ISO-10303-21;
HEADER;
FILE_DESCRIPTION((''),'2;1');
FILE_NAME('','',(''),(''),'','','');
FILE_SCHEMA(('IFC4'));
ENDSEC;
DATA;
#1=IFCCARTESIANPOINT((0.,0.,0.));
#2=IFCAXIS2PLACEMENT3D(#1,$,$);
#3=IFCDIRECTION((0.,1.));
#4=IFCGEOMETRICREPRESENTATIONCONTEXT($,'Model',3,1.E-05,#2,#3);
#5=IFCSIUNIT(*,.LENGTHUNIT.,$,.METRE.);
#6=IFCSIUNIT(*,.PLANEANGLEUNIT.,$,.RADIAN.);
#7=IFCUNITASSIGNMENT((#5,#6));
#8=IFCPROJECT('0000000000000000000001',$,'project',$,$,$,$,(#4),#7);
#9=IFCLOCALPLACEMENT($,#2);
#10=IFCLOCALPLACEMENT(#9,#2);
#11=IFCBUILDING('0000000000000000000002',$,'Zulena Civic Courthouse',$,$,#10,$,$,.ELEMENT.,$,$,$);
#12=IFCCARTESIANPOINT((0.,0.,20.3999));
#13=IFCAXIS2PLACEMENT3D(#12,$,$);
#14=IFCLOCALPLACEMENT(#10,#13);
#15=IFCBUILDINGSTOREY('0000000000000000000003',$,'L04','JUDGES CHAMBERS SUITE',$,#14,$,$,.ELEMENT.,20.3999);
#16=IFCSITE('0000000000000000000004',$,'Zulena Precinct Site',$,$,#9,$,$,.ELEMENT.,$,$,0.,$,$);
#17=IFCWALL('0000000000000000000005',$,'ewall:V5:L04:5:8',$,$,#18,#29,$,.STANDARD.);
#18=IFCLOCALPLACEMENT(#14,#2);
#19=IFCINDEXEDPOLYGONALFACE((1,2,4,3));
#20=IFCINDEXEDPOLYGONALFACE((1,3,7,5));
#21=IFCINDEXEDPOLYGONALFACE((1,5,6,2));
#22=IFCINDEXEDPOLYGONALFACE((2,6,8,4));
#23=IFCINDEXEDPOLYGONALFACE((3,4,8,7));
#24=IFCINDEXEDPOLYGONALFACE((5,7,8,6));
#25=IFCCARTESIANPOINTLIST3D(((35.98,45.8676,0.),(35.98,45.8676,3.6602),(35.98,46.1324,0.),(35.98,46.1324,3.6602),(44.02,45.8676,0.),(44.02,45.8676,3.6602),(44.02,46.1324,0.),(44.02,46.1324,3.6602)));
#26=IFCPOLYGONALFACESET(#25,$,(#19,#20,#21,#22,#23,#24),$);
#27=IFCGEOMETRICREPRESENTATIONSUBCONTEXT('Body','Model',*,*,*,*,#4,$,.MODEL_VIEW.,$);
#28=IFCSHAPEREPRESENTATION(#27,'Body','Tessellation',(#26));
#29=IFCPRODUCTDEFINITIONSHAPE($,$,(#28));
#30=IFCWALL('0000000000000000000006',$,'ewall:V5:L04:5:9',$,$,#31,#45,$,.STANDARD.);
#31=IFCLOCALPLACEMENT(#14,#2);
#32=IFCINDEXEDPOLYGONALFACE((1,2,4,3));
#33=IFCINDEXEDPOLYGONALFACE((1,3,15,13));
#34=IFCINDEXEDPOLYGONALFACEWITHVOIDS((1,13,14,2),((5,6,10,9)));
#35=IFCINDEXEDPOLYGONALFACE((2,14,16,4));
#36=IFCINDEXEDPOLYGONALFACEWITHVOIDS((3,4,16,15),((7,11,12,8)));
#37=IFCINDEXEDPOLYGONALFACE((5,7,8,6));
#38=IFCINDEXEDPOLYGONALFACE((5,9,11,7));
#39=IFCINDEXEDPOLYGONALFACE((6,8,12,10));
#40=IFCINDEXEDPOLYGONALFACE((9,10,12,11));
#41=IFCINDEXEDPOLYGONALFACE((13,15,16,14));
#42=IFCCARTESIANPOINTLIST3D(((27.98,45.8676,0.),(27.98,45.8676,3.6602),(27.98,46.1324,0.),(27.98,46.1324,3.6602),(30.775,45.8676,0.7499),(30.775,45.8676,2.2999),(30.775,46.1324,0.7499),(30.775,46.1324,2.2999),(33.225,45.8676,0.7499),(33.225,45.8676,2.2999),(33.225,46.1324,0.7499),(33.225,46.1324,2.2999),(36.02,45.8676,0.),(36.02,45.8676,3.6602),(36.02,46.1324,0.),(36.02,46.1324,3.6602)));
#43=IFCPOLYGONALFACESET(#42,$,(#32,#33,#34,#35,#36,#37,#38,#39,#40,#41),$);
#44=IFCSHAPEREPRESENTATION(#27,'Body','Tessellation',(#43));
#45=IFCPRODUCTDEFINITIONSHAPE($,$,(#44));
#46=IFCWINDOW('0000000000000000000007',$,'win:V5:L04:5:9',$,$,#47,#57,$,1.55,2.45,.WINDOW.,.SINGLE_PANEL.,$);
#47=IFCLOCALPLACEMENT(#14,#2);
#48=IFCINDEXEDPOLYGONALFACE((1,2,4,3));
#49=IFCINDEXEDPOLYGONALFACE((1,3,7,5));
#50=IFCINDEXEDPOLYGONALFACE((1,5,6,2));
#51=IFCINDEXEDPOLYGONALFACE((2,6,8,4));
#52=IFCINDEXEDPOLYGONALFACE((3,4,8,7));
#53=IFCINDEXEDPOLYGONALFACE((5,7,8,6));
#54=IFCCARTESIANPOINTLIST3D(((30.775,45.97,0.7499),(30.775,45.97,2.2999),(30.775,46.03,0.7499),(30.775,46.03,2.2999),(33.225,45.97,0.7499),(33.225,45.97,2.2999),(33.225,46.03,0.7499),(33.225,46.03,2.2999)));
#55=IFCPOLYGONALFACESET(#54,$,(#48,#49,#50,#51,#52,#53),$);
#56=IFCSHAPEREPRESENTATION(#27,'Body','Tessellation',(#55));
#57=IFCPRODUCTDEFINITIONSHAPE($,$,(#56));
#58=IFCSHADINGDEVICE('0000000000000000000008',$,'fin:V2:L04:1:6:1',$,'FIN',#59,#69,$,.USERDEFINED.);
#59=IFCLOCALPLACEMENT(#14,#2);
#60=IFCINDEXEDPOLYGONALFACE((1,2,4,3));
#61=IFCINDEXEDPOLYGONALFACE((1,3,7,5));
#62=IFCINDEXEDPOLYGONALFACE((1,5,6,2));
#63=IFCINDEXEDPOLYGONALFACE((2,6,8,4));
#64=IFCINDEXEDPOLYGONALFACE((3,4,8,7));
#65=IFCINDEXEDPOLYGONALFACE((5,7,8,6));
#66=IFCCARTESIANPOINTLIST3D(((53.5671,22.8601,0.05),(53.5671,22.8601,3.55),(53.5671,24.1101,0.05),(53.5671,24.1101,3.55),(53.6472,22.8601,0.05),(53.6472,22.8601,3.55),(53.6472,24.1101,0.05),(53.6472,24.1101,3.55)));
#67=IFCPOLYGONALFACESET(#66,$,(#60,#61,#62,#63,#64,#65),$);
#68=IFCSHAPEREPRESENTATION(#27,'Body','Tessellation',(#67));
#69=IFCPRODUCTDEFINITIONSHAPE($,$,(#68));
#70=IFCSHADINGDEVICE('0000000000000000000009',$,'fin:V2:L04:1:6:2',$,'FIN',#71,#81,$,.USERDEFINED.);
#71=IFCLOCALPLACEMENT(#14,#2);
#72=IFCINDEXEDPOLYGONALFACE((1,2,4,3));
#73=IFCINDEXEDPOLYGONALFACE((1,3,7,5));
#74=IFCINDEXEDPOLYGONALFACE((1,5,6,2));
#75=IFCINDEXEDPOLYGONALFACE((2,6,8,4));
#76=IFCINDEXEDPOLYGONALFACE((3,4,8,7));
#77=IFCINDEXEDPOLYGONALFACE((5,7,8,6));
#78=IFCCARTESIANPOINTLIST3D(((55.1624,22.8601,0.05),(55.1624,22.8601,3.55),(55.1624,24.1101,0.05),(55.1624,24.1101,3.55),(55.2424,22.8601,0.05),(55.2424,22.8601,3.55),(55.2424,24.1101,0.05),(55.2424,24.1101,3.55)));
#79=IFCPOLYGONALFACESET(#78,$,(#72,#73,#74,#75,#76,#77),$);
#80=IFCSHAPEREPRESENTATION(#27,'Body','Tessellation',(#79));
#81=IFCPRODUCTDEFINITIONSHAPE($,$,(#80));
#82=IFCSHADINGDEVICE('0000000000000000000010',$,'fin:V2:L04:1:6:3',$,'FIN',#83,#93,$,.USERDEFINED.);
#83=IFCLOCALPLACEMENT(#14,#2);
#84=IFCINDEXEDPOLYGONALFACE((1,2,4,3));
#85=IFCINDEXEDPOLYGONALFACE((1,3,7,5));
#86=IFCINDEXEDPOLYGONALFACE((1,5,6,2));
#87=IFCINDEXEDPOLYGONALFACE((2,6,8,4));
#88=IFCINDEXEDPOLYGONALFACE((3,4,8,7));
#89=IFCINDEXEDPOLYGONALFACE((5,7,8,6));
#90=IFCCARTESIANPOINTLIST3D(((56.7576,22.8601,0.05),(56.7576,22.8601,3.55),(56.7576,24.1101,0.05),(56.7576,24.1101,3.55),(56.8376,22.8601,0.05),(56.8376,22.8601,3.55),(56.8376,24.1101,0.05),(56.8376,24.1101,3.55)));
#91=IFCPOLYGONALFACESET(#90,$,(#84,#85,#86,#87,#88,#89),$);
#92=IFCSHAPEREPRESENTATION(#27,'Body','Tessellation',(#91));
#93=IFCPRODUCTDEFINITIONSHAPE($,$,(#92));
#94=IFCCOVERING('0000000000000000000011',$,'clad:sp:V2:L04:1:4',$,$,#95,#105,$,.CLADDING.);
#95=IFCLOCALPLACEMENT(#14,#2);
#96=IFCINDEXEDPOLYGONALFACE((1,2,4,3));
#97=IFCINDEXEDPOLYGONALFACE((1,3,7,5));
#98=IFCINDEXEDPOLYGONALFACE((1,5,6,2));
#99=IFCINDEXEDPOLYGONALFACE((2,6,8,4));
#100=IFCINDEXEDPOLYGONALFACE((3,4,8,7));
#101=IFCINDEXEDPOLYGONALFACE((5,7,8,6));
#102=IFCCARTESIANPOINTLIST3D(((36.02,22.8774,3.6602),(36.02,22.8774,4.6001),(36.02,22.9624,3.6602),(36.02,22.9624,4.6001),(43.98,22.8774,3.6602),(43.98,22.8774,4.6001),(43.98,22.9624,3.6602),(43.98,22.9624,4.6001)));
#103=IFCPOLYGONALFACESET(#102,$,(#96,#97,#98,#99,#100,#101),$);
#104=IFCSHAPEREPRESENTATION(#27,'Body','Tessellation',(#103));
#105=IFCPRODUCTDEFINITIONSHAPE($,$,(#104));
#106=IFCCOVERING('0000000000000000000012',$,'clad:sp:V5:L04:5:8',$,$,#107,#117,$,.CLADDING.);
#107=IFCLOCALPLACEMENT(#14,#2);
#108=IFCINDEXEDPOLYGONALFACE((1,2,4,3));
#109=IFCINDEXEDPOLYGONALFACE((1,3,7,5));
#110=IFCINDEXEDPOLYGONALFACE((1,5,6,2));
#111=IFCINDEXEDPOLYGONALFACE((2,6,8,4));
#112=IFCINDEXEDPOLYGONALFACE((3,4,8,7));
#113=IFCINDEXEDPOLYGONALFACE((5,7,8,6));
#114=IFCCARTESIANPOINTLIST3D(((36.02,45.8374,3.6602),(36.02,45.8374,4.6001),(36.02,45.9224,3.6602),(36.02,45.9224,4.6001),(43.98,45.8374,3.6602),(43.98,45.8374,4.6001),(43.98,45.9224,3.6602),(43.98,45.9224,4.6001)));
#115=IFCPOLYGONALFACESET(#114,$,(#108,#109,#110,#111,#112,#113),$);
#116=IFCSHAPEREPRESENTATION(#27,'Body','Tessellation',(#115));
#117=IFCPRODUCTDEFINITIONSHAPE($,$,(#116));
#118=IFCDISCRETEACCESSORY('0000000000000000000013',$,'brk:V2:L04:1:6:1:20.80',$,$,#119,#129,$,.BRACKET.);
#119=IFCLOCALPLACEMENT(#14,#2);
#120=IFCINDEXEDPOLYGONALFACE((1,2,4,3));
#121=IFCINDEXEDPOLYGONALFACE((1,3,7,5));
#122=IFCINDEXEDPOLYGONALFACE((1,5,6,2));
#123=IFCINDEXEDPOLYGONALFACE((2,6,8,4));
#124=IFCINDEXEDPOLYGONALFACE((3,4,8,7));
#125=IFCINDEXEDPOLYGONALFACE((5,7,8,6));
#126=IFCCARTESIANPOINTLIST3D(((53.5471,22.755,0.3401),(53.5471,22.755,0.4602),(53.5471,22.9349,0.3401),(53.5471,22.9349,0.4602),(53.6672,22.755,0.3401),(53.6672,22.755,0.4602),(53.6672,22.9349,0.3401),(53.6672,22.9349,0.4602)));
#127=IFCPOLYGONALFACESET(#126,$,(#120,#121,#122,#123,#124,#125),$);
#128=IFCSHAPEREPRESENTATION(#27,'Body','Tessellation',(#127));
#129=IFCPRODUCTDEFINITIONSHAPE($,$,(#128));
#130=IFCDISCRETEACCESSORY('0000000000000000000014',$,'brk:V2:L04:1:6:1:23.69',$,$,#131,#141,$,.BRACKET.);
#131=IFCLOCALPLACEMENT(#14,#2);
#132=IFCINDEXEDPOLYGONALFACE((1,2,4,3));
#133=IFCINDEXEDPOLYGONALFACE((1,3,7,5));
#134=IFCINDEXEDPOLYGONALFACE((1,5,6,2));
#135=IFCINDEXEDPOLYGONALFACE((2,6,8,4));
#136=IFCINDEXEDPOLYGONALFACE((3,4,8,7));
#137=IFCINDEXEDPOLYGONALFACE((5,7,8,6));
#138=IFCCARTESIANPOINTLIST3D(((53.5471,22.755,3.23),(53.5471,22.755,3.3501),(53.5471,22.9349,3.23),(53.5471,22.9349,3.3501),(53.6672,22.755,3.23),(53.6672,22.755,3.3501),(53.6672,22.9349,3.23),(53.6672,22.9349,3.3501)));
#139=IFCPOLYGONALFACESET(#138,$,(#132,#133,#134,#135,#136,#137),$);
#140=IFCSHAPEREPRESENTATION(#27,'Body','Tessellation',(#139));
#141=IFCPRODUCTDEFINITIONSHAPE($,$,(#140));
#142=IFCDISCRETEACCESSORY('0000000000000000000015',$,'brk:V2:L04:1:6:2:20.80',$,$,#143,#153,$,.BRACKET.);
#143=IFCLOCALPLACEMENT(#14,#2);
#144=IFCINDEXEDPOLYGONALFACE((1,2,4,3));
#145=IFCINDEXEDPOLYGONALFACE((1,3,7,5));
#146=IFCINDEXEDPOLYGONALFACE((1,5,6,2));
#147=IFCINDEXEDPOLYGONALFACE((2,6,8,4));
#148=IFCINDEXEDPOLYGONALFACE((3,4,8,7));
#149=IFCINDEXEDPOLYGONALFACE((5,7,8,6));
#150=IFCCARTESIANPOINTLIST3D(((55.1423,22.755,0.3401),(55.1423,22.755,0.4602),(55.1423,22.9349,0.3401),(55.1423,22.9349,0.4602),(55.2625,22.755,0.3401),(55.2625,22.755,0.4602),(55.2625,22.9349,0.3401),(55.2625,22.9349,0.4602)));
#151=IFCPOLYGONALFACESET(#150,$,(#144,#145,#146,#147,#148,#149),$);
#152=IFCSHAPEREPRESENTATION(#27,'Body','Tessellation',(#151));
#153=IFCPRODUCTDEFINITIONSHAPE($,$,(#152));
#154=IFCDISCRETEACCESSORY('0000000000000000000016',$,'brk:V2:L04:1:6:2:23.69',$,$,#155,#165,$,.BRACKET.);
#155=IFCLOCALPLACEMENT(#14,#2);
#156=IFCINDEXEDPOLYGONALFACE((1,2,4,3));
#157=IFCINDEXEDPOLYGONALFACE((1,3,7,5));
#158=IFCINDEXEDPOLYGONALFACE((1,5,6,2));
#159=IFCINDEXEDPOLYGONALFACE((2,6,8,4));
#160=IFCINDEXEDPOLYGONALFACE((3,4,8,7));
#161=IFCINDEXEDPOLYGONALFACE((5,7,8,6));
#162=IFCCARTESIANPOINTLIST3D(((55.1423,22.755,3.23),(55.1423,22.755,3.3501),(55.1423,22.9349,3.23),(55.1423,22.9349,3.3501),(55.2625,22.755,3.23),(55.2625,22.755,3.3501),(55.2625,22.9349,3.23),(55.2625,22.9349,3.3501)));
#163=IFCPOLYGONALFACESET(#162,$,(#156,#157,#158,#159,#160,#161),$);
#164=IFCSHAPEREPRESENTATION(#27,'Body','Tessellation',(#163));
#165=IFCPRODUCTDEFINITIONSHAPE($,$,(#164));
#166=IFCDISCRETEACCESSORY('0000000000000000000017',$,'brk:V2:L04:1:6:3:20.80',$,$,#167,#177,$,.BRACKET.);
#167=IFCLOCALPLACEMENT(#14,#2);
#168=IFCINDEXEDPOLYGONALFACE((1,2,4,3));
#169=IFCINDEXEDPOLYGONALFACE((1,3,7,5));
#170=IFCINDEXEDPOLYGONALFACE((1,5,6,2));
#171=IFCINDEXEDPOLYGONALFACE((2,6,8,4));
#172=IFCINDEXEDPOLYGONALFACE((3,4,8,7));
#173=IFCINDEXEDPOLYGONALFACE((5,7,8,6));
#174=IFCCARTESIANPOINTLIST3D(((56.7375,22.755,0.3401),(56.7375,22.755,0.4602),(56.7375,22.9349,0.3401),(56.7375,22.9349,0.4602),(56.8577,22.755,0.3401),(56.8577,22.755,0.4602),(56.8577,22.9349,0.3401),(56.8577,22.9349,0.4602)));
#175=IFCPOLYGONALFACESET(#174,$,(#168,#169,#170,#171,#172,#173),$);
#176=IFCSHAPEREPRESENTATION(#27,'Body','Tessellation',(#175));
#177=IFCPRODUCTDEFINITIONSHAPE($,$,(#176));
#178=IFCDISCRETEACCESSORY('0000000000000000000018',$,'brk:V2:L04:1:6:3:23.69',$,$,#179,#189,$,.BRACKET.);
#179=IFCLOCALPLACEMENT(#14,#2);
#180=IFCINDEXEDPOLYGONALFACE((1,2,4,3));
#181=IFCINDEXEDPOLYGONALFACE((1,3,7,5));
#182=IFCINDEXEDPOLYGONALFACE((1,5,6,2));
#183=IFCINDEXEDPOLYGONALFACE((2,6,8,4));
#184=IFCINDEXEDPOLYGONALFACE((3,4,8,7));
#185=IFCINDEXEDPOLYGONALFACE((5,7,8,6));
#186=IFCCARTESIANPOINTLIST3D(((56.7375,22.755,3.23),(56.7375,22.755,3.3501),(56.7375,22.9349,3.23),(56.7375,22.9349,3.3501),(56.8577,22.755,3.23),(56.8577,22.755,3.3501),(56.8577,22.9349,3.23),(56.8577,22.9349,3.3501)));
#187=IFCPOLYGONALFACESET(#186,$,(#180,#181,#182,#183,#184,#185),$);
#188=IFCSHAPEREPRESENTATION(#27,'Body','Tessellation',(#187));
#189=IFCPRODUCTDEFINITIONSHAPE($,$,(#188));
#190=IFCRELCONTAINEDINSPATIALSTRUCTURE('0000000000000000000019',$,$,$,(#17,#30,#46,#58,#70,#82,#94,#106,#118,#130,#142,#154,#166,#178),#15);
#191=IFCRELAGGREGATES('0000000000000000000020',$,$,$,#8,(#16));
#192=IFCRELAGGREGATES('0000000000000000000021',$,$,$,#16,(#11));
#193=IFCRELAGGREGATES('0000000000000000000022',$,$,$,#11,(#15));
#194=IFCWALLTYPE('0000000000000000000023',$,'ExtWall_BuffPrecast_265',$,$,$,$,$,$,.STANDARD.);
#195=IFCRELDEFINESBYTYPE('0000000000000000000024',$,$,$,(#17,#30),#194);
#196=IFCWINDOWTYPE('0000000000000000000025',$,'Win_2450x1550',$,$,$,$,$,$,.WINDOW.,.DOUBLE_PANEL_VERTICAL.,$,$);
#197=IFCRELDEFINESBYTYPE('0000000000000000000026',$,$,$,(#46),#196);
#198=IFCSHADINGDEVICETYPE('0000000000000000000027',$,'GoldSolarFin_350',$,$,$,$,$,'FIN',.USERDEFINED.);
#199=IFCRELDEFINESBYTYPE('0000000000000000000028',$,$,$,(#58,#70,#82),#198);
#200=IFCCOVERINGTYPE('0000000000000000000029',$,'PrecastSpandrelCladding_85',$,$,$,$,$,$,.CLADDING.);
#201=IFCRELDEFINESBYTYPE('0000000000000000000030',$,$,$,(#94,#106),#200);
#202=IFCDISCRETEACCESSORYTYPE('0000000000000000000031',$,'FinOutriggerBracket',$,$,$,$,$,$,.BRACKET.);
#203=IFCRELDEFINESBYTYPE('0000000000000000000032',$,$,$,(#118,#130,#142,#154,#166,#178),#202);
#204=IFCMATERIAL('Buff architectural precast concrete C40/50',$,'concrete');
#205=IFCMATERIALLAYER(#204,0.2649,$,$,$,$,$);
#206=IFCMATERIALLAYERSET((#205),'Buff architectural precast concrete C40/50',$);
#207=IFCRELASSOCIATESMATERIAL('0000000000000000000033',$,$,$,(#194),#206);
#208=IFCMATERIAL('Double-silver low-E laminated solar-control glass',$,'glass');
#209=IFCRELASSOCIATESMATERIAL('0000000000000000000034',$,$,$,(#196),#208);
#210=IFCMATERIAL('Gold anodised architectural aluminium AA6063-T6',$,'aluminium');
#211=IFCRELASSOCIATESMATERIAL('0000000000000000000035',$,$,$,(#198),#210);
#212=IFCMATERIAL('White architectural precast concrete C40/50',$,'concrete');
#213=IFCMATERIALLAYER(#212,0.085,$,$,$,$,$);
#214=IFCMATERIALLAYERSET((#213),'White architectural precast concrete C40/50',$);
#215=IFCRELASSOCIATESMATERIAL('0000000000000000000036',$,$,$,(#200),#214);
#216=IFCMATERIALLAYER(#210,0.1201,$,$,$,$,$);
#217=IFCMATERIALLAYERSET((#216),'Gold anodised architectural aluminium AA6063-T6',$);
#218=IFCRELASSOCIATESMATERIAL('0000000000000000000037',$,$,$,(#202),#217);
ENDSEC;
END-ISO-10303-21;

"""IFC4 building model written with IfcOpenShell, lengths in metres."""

from ifc_helpers import new_model, si_unit, direction, frame, frame_2d, origin, origin_2d, place, context, subcontext, project, spatial, rectangle, extrude, material, layer, layer_set, type_object, element, fill, save


model = new_model("IFC4")

# Units and contexts
model_context = context("Model", 3, precision=1e-05, world=origin(), true_north=direction((0.0, 1.0)))
body_context = subcontext(model_context, "Body", "Model", "MODEL_VIEW")
ifc_project = project(units=[si_unit("LENGTHUNIT", "METRE"), si_unit("PLANEANGLEUNIT", "RADIAN")], contexts=[model_context])

# Site, building, storey
site_placement = place(None, origin())
site = spatial("IfcSite", under=ifc_project, at=site_placement, Name="Zulena Precinct Site", CompositionType="ELEMENT", RefElevation=0.0)
building_placement = place(site_placement, origin())
building = spatial("IfcBuilding", under=site, at=building_placement, Name="Zulena Civic Courthouse", CompositionType="ELEMENT")
storey_placement = place(building_placement, frame((0.0, 0.0, 20.3999)))
storey = spatial("IfcBuildingStorey", under=building, at=storey_placement, Name="L04", Description="JUDGES CHAMBERS SUITE", CompositionType="ELEMENT", Elevation=20.3999)

# Shared definitions
ifc_material_1 = material(Name="Double-silver low-E laminated solar-control glass", Category="glass")

# Wall
ifc_material_2 = material(Name="Buff architectural precast concrete C40/50", Category="concrete")
ifc_layer_1 = layer(ifc_material_2, 0.2649)
ifc_layer_set_1 = layer_set([ifc_layer_1], Name="Buff architectural precast concrete C40/50")
wall_type = type_object("IfcWallType", Name="ExtWall_BuffPrecast_265", PredefinedType="STANDARD", material=ifc_layer_set_1)
wall_1_placement = place(storey_placement, frame((44.02, 46.0, 0.0), z_axis=(0.0, 0.0, 1.0), x_axis=(-1.0, 0.0, 0.0)))
element("IfcWall", 1, at=wall_1_placement, inside=storey, type_object=wall_type, Name="ewall:V5:L04:5:8", PredefinedType="STANDARD", context=body_context, shape_type="SweptSolid", body=[
    extrude(rectangle(XDim=8.04, YDim=0.2649, at=frame_2d((4.02, 0.0))), origin(), (0.0, 0.0, 1.0), 3.6602),
])

# Wall, opening, window
wall_2_placement = place(storey_placement, frame((36.02, 46.0, 0.0), z_axis=(0.0, 0.0, 1.0), x_axis=(-1.0, 0.0, 0.0)))
wall_2 = element("IfcWall", 2, at=wall_2_placement, inside=storey, type_object=wall_type, Name="ewall:V5:L04:5:9", PredefinedType="STANDARD", context=body_context, shape_type="SweptSolid", body=[
    extrude(rectangle(XDim=8.04, YDim=0.2649, at=frame_2d((4.02, 0.0))), origin(), (0.0, 0.0, 1.0), 3.6602),
])
opening_placement = place(wall_2_placement, frame((2.7949, 0.0, 0.75)))
opening = element("IfcOpeningElement", 3, at=opening_placement, cuts=wall_2, PredefinedType="OPENING", context=body_context, shape_type="SweptSolid", body=[
    extrude(rectangle(XDim=2.45, YDim=1.55, at=frame_2d((1.2251, 0.7749))), frame((0.0, 0.1423, 0.0), z_axis=(0.0, -1.0, 0.0), x_axis=(1.0, 0.0, 0.0)), (0.0, 0.0, 1.0), 0.2849),
])
window_type = type_object("IfcWindowType", Name="Win_2450x1550", PartitioningType="DOUBLE_PANEL_VERTICAL", PredefinedType="WINDOW", material=ifc_material_1)
window_placement = place(opening_placement, origin())
window = element("IfcWindow", 4, at=window_placement, inside=storey, type_object=window_type, Name="win:V5:L04:5:9", OverallHeight=1.55, OverallWidth=2.45, PartitioningType="SINGLE_PANEL", PredefinedType="WINDOW", context=body_context, shape_type="SweptSolid", body=[
    extrude(rectangle(XDim=2.45, YDim=1.55, at=frame_2d((1.2251, 0.7749))), frame((0.0, 0.03, 0.0), z_axis=(0.0, -1.0, 0.0), x_axis=(1.0, 0.0, 0.0)), (0.0, 0.0, 1.0), 0.0601),
])
fill(opening, window)

# Shading devices
ifc_material_3 = material(Name="Gold anodised architectural aluminium AA6063-T6", Category="aluminium")
shading_device_type = type_object("IfcShadingDeviceType", Name="GoldSolarFin_350", ElementType="FIN", PredefinedType="USERDEFINED", material=ifc_material_3)
for number, where, z_axis, x_axis, name in (
    (5, (53.6072, 23.4851, 0.05), (0.0, 0.0, 1.0), (0.0, 1.0, 0.0), "fin:V2:L04:1:6:1"),
    (6, (55.2024, 23.4851, 0.05), (0.0, 0.0, 1.0), (0.0, 1.0, 0.0), "fin:V2:L04:1:6:2"),
    (7, (56.7976, 23.4851, 0.05), (0.0, 0.0, 1.0), (0.0, 1.0, 0.0), "fin:V2:L04:1:6:3"),
):
    element("IfcShadingDevice", number, at=place(storey_placement, frame(where, z_axis=z_axis, x_axis=x_axis)), inside=storey, type_object=shading_device_type, Name=name, ObjectType="FIN", PredefinedType="USERDEFINED", context=body_context, shape_type="SweptSolid", body=[
        extrude(rectangle(XDim=1.25, YDim=0.0801, at=origin_2d()), origin(), (0.0, 0.0, 1.0), 3.5),
    ])

# Coverings
ifc_material_4 = material(Name="White architectural precast concrete C40/50", Category="concrete")
ifc_layer_2 = layer(ifc_material_4, 0.085)
ifc_layer_set_2 = layer_set([ifc_layer_2], Name="White architectural precast concrete C40/50")
covering_type = type_object("IfcCoveringType", Name="PrecastSpandrelCladding_85", PredefinedType="CLADDING", material=ifc_layer_set_2)
for number, where, z_axis, x_axis, name in (
    (8, (40.0, 22.9199, 3.6602), (0.0, 0.0, 1.0), (1.0, 0.0, 0.0), "clad:sp:V2:L04:1:4"),
    (9, (40.0, 45.8799, 3.6602), (0.0, 0.0, 1.0), (-1.0, 0.0, 0.0), "clad:sp:V5:L04:5:8"),
):
    element("IfcCovering", number, at=place(storey_placement, frame(where, z_axis=z_axis, x_axis=x_axis)), inside=storey, type_object=covering_type, Name=name, PredefinedType="CLADDING", context=body_context, shape_type="SweptSolid", body=[
        extrude(rectangle(XDim=7.96, YDim=0.085, at=origin_2d()), origin(), (0.0, 0.0, 1.0), 0.9399),
    ])

# Discrete accessories
ifc_layer_3 = layer(ifc_material_3, 0.1201)
ifc_layer_set_3 = layer_set([ifc_layer_3], Name="Gold anodised architectural aluminium AA6063-T6")
discrete_accessory_type = type_object("IfcDiscreteAccessoryType", Name="FinOutriggerBracket", PredefinedType="BRACKET", material=ifc_layer_set_3)
for number, where, z_axis, x_axis, name in (
    (10, (53.6072, 22.845, 0.3401), (0.0, 0.0, 1.0), (0.0, 1.0, 0.0), "brk:V2:L04:1:6:1:20.80"),
    (11, (53.6072, 22.845, 3.23), (0.0, 0.0, 1.0), (0.0, 1.0, 0.0), "brk:V2:L04:1:6:1:23.69"),
    (12, (55.2024, 22.845, 0.3401), (0.0, 0.0, 1.0), (0.0, 1.0, 0.0), "brk:V2:L04:1:6:2:20.80"),
    (13, (55.2024, 22.845, 3.23), (0.0, 0.0, 1.0), (0.0, 1.0, 0.0), "brk:V2:L04:1:6:2:23.69"),
    (14, (56.7976, 22.845, 0.3401), (0.0, 0.0, 1.0), (0.0, 1.0, 0.0), "brk:V2:L04:1:6:3:20.80"),
    (15, (56.7976, 22.845, 3.23), (0.0, 0.0, 1.0), (0.0, 1.0, 0.0), "brk:V2:L04:1:6:3:23.69"),
):
    element("IfcDiscreteAccessory", number, at=place(storey_placement, frame(where, z_axis=z_axis, x_axis=x_axis)), inside=storey, type_object=discrete_accessory_type, Name=name, PredefinedType="BRACKET", context=body_context, shape_type="SweptSolid", body=[
        extrude(rectangle(XDim=0.1799, YDim=0.1201, at=origin_2d()), origin(), (0.0, 0.0, 1.0), 0.1201),
    ])

save(model, "model.ifc")
